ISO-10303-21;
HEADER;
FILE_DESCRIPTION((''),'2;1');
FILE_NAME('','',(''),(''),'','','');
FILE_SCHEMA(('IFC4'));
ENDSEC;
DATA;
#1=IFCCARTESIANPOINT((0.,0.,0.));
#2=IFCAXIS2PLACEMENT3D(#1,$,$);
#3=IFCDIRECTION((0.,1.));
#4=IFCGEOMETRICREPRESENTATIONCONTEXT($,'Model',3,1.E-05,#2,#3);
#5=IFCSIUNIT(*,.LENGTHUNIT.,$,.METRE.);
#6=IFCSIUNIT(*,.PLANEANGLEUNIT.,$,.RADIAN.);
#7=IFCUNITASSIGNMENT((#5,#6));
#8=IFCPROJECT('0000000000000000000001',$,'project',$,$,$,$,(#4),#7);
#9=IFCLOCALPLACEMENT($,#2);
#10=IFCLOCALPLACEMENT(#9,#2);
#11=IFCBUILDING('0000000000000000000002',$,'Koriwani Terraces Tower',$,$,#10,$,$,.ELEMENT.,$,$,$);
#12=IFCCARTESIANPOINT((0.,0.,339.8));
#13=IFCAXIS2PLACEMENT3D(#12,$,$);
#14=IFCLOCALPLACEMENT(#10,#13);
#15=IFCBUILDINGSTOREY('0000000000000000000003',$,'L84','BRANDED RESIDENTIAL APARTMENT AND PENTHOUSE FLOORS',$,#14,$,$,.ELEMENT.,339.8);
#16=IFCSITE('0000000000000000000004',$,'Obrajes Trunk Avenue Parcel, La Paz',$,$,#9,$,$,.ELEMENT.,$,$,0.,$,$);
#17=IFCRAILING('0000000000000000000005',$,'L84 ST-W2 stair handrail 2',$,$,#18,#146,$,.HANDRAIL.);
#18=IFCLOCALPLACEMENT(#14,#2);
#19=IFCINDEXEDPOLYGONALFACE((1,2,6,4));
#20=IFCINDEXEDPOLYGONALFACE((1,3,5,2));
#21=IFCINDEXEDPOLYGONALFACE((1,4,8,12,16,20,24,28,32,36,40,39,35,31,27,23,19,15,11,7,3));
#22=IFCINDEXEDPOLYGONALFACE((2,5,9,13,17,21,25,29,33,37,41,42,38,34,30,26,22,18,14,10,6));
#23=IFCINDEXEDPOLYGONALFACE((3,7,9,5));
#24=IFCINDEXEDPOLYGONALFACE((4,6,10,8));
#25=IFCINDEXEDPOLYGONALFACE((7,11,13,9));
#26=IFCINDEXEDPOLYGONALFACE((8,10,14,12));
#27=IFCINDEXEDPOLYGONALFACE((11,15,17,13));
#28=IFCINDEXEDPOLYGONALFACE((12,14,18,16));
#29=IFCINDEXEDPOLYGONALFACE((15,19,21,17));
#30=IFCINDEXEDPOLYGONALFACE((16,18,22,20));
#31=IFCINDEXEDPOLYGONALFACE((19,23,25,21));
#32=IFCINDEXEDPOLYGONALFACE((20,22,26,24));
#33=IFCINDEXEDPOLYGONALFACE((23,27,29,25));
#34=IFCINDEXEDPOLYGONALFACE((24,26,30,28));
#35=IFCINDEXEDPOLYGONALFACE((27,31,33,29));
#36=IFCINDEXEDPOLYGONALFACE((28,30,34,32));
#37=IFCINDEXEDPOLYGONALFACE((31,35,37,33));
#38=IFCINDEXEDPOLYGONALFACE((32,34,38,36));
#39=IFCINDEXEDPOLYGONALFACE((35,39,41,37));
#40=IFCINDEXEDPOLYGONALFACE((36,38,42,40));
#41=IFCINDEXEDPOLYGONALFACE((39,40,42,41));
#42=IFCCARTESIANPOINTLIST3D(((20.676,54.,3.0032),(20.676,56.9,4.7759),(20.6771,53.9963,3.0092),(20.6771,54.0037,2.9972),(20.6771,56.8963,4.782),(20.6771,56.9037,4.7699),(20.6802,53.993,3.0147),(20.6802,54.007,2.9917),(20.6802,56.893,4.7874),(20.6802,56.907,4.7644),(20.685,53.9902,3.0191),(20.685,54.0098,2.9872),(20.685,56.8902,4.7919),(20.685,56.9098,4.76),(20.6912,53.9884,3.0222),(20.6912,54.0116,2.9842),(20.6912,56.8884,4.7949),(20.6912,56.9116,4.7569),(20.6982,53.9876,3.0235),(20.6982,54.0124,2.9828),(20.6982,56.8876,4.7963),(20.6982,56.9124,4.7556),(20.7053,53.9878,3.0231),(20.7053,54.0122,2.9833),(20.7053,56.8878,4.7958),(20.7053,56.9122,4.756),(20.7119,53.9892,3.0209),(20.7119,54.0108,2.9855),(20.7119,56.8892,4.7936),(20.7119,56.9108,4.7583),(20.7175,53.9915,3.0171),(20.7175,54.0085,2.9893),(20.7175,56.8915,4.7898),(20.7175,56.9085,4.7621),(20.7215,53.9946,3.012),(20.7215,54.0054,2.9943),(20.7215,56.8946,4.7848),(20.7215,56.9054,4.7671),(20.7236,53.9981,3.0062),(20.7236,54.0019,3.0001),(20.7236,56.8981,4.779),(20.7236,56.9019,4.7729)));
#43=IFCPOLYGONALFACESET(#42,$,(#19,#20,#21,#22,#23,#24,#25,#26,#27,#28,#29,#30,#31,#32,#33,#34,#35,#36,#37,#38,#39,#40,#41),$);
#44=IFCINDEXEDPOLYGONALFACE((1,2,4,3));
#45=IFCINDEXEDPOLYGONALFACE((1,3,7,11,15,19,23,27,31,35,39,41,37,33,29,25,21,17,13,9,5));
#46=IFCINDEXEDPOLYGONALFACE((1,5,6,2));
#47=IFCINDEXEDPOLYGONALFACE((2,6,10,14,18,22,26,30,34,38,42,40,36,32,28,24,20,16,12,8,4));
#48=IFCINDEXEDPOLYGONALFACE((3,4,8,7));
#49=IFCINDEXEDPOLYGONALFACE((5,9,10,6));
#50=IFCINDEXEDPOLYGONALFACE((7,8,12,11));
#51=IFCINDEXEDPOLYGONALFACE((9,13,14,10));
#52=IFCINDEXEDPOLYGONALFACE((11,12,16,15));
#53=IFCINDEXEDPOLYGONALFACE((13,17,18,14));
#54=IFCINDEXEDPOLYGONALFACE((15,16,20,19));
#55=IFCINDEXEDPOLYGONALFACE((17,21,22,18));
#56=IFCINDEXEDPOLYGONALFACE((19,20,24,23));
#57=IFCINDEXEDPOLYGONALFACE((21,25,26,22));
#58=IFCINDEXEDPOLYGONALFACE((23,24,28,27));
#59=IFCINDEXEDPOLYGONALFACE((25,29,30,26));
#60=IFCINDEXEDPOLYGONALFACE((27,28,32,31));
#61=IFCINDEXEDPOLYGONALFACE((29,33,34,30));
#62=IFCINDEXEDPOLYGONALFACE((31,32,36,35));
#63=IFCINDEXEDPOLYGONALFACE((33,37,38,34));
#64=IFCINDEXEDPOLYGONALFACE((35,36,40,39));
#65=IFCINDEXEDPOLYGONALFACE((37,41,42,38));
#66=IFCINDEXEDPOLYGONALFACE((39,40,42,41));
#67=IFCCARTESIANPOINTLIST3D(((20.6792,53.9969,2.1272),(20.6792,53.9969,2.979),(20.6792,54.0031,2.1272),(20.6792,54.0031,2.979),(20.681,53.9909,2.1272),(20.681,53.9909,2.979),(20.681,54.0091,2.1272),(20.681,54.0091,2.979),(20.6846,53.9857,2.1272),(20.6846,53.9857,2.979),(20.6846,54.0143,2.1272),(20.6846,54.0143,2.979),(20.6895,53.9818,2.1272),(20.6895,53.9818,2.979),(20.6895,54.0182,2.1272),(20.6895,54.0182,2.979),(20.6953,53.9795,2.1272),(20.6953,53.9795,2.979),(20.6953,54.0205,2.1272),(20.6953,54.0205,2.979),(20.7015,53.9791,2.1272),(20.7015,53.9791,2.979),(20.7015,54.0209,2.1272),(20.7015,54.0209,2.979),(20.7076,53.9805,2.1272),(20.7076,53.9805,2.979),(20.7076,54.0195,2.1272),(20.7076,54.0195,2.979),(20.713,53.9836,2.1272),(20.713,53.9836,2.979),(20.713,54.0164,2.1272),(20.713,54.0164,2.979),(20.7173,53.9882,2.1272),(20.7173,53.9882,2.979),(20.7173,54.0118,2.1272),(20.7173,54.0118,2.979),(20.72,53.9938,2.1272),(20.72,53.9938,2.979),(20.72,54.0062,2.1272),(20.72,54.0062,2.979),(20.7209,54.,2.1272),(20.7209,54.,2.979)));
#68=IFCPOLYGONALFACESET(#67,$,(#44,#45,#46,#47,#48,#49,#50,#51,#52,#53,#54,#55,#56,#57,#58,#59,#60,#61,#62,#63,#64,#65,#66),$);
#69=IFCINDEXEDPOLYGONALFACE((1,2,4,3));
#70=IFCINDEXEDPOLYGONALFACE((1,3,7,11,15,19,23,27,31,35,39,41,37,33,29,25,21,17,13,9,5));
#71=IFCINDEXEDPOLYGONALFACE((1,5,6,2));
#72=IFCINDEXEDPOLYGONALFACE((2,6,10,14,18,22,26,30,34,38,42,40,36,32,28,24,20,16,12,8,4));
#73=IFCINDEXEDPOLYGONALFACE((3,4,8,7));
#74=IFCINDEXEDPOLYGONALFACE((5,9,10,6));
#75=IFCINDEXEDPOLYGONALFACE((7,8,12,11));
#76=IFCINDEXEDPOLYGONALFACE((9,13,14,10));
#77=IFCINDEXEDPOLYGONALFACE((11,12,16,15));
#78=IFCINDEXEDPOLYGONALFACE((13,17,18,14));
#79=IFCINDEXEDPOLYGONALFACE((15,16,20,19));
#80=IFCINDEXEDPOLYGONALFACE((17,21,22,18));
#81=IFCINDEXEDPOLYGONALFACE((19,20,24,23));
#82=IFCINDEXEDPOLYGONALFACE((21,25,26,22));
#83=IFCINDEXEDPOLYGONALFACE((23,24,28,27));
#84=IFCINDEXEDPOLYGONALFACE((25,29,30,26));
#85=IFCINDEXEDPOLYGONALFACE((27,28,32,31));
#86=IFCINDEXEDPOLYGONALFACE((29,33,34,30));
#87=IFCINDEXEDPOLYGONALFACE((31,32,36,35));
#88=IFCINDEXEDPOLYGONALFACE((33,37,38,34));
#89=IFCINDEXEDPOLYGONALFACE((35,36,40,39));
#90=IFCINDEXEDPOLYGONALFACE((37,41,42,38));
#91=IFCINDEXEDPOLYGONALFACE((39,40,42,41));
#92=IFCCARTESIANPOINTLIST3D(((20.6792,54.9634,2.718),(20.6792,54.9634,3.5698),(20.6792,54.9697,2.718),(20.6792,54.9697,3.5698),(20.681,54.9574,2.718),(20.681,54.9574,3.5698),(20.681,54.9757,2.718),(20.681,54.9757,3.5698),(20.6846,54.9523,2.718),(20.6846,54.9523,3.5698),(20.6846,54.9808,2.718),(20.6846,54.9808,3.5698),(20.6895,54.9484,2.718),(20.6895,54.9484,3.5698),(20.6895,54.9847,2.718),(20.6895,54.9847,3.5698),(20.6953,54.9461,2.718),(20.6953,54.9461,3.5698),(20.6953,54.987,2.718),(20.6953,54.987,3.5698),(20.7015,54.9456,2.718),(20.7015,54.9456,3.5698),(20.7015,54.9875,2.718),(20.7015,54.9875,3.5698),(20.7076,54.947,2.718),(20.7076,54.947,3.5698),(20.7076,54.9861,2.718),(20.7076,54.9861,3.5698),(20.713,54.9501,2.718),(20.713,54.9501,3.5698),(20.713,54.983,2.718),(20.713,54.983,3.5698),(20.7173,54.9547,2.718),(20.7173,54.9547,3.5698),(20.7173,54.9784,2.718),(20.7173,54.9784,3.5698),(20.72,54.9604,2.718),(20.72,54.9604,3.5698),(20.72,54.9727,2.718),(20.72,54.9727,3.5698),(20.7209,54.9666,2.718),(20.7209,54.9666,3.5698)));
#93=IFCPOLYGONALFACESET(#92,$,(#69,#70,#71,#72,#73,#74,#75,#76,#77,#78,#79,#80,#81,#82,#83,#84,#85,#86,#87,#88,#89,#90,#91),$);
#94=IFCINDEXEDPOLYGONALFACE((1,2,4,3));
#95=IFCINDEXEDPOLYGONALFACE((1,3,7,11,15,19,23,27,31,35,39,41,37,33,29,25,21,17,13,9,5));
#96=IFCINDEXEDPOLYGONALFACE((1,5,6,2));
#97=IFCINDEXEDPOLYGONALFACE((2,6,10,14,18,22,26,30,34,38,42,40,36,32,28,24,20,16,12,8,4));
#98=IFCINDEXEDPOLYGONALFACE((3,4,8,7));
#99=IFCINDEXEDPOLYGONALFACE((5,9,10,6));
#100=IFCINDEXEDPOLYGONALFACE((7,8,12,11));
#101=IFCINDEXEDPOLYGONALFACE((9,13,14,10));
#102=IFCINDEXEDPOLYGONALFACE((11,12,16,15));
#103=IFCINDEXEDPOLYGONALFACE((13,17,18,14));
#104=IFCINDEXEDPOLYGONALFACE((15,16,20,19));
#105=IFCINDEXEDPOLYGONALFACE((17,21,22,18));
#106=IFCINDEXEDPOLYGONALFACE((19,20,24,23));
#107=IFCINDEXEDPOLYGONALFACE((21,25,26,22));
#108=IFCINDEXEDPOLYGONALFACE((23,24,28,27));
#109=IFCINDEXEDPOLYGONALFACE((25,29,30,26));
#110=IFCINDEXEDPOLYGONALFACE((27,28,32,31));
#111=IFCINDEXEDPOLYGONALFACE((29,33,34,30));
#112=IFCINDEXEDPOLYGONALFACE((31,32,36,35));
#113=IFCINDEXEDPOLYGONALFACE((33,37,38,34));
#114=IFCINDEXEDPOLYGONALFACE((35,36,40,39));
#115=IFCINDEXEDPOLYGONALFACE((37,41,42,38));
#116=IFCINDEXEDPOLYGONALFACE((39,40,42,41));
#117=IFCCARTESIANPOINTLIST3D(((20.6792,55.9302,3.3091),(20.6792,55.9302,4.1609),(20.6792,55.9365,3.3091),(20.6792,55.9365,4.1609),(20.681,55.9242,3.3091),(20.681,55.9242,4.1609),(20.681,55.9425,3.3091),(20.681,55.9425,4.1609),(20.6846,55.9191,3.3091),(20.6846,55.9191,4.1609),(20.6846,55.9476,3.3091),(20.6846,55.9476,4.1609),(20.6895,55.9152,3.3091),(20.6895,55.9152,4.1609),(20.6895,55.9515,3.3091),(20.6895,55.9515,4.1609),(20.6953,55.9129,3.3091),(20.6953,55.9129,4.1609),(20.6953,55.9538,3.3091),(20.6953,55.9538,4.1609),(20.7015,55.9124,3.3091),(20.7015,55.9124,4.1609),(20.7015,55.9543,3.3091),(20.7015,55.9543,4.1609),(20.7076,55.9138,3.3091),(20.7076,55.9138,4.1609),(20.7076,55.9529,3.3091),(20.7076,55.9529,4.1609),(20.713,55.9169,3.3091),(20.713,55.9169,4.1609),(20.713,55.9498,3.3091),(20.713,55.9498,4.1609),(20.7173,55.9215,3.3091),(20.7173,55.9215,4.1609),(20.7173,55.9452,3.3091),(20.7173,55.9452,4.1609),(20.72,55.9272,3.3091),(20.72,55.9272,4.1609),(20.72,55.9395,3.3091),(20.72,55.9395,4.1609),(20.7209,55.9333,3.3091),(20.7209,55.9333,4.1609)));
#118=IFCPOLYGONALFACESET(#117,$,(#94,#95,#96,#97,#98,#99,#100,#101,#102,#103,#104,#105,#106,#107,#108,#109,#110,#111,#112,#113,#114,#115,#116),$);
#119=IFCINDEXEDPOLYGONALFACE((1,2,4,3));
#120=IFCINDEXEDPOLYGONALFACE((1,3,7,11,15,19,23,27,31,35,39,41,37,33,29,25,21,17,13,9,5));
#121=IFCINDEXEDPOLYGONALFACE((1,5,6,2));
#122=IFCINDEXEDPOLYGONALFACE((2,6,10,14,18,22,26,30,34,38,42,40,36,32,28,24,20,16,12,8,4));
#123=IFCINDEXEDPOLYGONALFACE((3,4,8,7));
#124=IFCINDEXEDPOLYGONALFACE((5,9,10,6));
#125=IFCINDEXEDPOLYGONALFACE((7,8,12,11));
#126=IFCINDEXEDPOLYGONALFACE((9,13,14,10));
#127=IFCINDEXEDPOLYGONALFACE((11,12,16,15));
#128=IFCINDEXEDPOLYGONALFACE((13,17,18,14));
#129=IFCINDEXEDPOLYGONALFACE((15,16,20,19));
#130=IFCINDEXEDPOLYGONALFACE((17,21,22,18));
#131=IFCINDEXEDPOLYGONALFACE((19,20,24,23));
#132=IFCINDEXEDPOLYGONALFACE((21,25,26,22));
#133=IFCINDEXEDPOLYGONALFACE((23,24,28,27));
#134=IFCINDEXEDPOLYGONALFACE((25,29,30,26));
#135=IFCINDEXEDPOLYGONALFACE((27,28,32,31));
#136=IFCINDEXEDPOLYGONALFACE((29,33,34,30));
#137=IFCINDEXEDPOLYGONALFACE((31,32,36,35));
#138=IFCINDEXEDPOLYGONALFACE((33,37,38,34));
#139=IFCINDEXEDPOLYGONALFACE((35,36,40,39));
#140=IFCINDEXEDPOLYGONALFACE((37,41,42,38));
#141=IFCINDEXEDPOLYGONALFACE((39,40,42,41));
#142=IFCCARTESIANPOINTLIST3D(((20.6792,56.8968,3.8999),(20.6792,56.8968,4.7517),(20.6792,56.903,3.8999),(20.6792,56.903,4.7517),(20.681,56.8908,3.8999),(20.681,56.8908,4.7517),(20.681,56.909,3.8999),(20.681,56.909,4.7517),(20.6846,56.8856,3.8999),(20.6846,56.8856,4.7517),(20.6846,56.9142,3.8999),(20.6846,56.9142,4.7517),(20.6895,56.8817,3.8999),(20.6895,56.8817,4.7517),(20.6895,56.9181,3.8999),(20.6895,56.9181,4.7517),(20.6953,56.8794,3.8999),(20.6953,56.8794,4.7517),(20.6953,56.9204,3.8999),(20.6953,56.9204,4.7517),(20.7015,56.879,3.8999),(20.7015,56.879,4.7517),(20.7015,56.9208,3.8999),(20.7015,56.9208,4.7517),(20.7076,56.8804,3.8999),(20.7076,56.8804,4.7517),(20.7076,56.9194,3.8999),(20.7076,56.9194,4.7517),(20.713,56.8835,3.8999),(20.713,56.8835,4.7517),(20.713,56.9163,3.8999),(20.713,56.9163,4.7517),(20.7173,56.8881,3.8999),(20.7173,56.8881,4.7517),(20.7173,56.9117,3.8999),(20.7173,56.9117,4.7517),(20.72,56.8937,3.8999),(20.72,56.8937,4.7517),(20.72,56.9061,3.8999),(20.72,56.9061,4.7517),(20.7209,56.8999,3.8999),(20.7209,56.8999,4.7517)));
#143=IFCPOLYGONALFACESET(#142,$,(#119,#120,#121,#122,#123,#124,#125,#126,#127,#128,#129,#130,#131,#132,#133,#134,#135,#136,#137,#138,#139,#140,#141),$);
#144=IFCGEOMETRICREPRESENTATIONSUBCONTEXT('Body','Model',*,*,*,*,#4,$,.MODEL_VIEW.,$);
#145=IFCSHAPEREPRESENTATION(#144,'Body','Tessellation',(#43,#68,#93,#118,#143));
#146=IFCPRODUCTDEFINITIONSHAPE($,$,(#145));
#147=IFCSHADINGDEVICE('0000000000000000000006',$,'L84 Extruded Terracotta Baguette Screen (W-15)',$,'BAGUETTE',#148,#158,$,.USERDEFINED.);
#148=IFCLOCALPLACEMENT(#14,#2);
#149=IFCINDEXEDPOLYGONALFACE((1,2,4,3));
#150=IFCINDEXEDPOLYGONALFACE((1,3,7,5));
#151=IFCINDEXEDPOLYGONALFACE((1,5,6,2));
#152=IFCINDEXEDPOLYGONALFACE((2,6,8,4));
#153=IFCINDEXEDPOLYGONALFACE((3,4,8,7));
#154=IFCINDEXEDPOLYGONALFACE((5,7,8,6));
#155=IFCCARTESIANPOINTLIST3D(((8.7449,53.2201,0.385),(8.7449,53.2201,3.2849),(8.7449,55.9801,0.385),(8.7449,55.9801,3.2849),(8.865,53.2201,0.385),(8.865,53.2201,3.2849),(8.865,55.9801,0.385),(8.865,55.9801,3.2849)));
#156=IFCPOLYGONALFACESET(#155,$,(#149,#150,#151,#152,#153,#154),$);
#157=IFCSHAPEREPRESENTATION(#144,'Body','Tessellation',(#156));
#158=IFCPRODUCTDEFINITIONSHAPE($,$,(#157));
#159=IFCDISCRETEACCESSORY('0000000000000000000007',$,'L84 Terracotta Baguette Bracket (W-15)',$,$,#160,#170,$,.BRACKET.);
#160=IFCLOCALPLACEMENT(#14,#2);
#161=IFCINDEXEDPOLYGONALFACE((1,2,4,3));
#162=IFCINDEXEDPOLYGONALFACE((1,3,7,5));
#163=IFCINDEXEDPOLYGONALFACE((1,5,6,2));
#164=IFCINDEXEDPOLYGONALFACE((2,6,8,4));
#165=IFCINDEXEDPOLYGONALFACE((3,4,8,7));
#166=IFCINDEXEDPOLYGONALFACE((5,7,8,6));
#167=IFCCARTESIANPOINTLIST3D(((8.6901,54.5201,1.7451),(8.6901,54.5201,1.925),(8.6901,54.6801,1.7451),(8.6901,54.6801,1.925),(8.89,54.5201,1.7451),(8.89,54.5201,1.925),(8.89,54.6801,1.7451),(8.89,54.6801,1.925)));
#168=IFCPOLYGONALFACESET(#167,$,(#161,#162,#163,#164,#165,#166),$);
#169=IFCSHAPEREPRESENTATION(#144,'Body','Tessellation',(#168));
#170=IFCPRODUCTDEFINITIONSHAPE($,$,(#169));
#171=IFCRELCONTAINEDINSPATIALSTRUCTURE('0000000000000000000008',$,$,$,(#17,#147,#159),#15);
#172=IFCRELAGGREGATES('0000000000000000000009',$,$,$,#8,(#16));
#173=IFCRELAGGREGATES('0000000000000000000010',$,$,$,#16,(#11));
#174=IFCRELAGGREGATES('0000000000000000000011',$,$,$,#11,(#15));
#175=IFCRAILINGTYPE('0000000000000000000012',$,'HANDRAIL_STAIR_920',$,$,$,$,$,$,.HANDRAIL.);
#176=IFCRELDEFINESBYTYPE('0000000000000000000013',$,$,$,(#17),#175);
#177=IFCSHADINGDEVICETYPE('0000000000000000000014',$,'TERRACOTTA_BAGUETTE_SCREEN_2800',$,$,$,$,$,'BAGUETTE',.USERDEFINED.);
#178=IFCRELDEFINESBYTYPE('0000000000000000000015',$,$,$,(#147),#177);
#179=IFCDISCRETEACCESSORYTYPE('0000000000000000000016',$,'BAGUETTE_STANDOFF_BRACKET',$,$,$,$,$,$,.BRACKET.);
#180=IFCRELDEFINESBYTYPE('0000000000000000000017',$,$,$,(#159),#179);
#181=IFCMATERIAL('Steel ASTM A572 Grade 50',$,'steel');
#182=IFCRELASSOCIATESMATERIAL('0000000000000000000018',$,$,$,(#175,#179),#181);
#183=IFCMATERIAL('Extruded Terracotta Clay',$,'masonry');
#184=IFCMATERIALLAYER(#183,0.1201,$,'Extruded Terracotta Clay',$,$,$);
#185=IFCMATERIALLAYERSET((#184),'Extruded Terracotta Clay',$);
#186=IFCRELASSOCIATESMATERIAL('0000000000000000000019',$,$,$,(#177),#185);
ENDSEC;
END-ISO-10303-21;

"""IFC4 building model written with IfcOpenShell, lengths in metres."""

from ifc_helpers import new_model, si_unit, direction, frame, origin, origin_2d, place, context, subcontext, project, spatial, rectangle, circle, extrude, material, layer, layer_set, type_object, element, save


model = new_model("IFC4")

# Units and contexts
model_context = context("Model", 3, precision=1e-05, world=origin(), true_north=direction((0.0, 1.0)))
body_context = subcontext(model_context, "Body", "Model", "MODEL_VIEW")
ifc_project = project(units=[si_unit("LENGTHUNIT", "METRE"), si_unit("PLANEANGLEUNIT", "RADIAN")], contexts=[model_context])

# Site, building, storey
site_placement = place(None, origin())
site = spatial("IfcSite", under=ifc_project, at=site_placement, Name="Obrajes Trunk Avenue Parcel, La Paz", CompositionType="ELEMENT", RefElevation=0.0)
building_placement = place(site_placement, origin())
building = spatial("IfcBuilding", under=site, at=building_placement, Name="Koriwani Terraces Tower", CompositionType="ELEMENT")
storey_placement = place(building_placement, frame((0.0, 0.0, 339.8)))
storey = spatial("IfcBuildingStorey", under=building, at=storey_placement, Name="L84", Description="BRANDED RESIDENTIAL APARTMENT AND PENTHOUSE FLOORS", CompositionType="ELEMENT", Elevation=339.8)

# Shared definitions
ifc_material_1 = material(Name="Steel ASTM A572 Grade 50", Category="steel")

# Railing
railing_type_1 = type_object("IfcRailingType", Name="HANDRAIL_STAIR_920", PredefinedType="HANDRAIL", material=ifc_material_1)
railing_1_placement = place(storey_placement, frame((20.7, 54.0, 2.1272)))
element("IfcRailing", 1, at=railing_1_placement, inside=storey, type_object=railing_type_1, Name="L84 ST-W2 stair handrail 2", PredefinedType="HANDRAIL", context=body_context, shape_type="SweptSolid", body=[
    extrude(circle(Radius=0.0239, at=origin_2d()), frame((0.0, 0.0, 0.876), z_axis=(0.0, 0.853211, 0.521566), x_axis=(-1.0, 0.0, 0.0)), (0.0, 0.0, 1.0), 3.3989),
    extrude(circle(Radius=0.021, at=origin_2d()), origin(), (0.0, 0.0, 1.0), 0.8518),
    extrude(circle(Radius=0.021, at=origin_2d()), frame((0.0, 0.9666, 0.5908)), (0.0, 0.0, 1.0), 0.8518),
    extrude(circle(Radius=0.021, at=origin_2d()), frame((0.0, 1.9333, 1.1819)), (0.0, 0.0, 1.0), 0.8518),
    extrude(circle(Radius=0.021, at=origin_2d()), frame((0.0, 2.8999, 1.7727)), (0.0, 0.0, 1.0), 0.8518),
])

# Shading device
ifc_material_2 = material(Name="Extruded Terracotta Clay", Category="masonry")
ifc_layer_1 = layer(ifc_material_2, 0.1201, Name="Extruded Terracotta Clay")
ifc_layer_set_1 = layer_set([ifc_layer_1], Name="Extruded Terracotta Clay")
shading_device_type = type_object("IfcShadingDeviceType", Name="TERRACOTTA_BAGUETTE_SCREEN_2800", ElementType="BAGUETTE", PredefinedType="USERDEFINED", material=ifc_layer_set_1)
shading_device_placement = place(storey_placement, frame((8.8049, 54.6001, 0.385), z_axis=(0.0, 0.0, 1.0), x_axis=(0.0, 1.0, 0.0)))
element("IfcShadingDevice", 2, at=shading_device_placement, inside=storey, type_object=shading_device_type, Name="L84 Extruded Terracotta Baguette Screen (W-15)", ObjectType="BAGUETTE", PredefinedType="USERDEFINED", context=body_context, shape_type="SweptSolid", body=[
    extrude(rectangle(XDim=2.76, YDim=0.1201, at=origin_2d()), origin(), (0.0, 0.0, 1.0), 2.8999),
])

# Discrete accessory
discrete_accessory_type = type_object("IfcDiscreteAccessoryType", Name="BAGUETTE_STANDOFF_BRACKET", PredefinedType="BRACKET", material=ifc_material_1)
discrete_accessory_placement = place(storey_placement, frame((8.79, 54.6001, 1.7451), z_axis=(0.0, 0.0, 1.0), x_axis=(0.0, 1.0, 0.0)))
element("IfcDiscreteAccessory", 3, at=discrete_accessory_placement, inside=storey, type_object=discrete_accessory_type, Name="L84 Terracotta Baguette Bracket (W-15)", PredefinedType="BRACKET", context=body_context, shape_type="SweptSolid", body=[
    extrude(rectangle(XDim=0.1599, YDim=0.2, at=origin_2d()), origin(), (0.0, 0.0, 1.0), 0.1799),
])

save(model, "model.ifc")
